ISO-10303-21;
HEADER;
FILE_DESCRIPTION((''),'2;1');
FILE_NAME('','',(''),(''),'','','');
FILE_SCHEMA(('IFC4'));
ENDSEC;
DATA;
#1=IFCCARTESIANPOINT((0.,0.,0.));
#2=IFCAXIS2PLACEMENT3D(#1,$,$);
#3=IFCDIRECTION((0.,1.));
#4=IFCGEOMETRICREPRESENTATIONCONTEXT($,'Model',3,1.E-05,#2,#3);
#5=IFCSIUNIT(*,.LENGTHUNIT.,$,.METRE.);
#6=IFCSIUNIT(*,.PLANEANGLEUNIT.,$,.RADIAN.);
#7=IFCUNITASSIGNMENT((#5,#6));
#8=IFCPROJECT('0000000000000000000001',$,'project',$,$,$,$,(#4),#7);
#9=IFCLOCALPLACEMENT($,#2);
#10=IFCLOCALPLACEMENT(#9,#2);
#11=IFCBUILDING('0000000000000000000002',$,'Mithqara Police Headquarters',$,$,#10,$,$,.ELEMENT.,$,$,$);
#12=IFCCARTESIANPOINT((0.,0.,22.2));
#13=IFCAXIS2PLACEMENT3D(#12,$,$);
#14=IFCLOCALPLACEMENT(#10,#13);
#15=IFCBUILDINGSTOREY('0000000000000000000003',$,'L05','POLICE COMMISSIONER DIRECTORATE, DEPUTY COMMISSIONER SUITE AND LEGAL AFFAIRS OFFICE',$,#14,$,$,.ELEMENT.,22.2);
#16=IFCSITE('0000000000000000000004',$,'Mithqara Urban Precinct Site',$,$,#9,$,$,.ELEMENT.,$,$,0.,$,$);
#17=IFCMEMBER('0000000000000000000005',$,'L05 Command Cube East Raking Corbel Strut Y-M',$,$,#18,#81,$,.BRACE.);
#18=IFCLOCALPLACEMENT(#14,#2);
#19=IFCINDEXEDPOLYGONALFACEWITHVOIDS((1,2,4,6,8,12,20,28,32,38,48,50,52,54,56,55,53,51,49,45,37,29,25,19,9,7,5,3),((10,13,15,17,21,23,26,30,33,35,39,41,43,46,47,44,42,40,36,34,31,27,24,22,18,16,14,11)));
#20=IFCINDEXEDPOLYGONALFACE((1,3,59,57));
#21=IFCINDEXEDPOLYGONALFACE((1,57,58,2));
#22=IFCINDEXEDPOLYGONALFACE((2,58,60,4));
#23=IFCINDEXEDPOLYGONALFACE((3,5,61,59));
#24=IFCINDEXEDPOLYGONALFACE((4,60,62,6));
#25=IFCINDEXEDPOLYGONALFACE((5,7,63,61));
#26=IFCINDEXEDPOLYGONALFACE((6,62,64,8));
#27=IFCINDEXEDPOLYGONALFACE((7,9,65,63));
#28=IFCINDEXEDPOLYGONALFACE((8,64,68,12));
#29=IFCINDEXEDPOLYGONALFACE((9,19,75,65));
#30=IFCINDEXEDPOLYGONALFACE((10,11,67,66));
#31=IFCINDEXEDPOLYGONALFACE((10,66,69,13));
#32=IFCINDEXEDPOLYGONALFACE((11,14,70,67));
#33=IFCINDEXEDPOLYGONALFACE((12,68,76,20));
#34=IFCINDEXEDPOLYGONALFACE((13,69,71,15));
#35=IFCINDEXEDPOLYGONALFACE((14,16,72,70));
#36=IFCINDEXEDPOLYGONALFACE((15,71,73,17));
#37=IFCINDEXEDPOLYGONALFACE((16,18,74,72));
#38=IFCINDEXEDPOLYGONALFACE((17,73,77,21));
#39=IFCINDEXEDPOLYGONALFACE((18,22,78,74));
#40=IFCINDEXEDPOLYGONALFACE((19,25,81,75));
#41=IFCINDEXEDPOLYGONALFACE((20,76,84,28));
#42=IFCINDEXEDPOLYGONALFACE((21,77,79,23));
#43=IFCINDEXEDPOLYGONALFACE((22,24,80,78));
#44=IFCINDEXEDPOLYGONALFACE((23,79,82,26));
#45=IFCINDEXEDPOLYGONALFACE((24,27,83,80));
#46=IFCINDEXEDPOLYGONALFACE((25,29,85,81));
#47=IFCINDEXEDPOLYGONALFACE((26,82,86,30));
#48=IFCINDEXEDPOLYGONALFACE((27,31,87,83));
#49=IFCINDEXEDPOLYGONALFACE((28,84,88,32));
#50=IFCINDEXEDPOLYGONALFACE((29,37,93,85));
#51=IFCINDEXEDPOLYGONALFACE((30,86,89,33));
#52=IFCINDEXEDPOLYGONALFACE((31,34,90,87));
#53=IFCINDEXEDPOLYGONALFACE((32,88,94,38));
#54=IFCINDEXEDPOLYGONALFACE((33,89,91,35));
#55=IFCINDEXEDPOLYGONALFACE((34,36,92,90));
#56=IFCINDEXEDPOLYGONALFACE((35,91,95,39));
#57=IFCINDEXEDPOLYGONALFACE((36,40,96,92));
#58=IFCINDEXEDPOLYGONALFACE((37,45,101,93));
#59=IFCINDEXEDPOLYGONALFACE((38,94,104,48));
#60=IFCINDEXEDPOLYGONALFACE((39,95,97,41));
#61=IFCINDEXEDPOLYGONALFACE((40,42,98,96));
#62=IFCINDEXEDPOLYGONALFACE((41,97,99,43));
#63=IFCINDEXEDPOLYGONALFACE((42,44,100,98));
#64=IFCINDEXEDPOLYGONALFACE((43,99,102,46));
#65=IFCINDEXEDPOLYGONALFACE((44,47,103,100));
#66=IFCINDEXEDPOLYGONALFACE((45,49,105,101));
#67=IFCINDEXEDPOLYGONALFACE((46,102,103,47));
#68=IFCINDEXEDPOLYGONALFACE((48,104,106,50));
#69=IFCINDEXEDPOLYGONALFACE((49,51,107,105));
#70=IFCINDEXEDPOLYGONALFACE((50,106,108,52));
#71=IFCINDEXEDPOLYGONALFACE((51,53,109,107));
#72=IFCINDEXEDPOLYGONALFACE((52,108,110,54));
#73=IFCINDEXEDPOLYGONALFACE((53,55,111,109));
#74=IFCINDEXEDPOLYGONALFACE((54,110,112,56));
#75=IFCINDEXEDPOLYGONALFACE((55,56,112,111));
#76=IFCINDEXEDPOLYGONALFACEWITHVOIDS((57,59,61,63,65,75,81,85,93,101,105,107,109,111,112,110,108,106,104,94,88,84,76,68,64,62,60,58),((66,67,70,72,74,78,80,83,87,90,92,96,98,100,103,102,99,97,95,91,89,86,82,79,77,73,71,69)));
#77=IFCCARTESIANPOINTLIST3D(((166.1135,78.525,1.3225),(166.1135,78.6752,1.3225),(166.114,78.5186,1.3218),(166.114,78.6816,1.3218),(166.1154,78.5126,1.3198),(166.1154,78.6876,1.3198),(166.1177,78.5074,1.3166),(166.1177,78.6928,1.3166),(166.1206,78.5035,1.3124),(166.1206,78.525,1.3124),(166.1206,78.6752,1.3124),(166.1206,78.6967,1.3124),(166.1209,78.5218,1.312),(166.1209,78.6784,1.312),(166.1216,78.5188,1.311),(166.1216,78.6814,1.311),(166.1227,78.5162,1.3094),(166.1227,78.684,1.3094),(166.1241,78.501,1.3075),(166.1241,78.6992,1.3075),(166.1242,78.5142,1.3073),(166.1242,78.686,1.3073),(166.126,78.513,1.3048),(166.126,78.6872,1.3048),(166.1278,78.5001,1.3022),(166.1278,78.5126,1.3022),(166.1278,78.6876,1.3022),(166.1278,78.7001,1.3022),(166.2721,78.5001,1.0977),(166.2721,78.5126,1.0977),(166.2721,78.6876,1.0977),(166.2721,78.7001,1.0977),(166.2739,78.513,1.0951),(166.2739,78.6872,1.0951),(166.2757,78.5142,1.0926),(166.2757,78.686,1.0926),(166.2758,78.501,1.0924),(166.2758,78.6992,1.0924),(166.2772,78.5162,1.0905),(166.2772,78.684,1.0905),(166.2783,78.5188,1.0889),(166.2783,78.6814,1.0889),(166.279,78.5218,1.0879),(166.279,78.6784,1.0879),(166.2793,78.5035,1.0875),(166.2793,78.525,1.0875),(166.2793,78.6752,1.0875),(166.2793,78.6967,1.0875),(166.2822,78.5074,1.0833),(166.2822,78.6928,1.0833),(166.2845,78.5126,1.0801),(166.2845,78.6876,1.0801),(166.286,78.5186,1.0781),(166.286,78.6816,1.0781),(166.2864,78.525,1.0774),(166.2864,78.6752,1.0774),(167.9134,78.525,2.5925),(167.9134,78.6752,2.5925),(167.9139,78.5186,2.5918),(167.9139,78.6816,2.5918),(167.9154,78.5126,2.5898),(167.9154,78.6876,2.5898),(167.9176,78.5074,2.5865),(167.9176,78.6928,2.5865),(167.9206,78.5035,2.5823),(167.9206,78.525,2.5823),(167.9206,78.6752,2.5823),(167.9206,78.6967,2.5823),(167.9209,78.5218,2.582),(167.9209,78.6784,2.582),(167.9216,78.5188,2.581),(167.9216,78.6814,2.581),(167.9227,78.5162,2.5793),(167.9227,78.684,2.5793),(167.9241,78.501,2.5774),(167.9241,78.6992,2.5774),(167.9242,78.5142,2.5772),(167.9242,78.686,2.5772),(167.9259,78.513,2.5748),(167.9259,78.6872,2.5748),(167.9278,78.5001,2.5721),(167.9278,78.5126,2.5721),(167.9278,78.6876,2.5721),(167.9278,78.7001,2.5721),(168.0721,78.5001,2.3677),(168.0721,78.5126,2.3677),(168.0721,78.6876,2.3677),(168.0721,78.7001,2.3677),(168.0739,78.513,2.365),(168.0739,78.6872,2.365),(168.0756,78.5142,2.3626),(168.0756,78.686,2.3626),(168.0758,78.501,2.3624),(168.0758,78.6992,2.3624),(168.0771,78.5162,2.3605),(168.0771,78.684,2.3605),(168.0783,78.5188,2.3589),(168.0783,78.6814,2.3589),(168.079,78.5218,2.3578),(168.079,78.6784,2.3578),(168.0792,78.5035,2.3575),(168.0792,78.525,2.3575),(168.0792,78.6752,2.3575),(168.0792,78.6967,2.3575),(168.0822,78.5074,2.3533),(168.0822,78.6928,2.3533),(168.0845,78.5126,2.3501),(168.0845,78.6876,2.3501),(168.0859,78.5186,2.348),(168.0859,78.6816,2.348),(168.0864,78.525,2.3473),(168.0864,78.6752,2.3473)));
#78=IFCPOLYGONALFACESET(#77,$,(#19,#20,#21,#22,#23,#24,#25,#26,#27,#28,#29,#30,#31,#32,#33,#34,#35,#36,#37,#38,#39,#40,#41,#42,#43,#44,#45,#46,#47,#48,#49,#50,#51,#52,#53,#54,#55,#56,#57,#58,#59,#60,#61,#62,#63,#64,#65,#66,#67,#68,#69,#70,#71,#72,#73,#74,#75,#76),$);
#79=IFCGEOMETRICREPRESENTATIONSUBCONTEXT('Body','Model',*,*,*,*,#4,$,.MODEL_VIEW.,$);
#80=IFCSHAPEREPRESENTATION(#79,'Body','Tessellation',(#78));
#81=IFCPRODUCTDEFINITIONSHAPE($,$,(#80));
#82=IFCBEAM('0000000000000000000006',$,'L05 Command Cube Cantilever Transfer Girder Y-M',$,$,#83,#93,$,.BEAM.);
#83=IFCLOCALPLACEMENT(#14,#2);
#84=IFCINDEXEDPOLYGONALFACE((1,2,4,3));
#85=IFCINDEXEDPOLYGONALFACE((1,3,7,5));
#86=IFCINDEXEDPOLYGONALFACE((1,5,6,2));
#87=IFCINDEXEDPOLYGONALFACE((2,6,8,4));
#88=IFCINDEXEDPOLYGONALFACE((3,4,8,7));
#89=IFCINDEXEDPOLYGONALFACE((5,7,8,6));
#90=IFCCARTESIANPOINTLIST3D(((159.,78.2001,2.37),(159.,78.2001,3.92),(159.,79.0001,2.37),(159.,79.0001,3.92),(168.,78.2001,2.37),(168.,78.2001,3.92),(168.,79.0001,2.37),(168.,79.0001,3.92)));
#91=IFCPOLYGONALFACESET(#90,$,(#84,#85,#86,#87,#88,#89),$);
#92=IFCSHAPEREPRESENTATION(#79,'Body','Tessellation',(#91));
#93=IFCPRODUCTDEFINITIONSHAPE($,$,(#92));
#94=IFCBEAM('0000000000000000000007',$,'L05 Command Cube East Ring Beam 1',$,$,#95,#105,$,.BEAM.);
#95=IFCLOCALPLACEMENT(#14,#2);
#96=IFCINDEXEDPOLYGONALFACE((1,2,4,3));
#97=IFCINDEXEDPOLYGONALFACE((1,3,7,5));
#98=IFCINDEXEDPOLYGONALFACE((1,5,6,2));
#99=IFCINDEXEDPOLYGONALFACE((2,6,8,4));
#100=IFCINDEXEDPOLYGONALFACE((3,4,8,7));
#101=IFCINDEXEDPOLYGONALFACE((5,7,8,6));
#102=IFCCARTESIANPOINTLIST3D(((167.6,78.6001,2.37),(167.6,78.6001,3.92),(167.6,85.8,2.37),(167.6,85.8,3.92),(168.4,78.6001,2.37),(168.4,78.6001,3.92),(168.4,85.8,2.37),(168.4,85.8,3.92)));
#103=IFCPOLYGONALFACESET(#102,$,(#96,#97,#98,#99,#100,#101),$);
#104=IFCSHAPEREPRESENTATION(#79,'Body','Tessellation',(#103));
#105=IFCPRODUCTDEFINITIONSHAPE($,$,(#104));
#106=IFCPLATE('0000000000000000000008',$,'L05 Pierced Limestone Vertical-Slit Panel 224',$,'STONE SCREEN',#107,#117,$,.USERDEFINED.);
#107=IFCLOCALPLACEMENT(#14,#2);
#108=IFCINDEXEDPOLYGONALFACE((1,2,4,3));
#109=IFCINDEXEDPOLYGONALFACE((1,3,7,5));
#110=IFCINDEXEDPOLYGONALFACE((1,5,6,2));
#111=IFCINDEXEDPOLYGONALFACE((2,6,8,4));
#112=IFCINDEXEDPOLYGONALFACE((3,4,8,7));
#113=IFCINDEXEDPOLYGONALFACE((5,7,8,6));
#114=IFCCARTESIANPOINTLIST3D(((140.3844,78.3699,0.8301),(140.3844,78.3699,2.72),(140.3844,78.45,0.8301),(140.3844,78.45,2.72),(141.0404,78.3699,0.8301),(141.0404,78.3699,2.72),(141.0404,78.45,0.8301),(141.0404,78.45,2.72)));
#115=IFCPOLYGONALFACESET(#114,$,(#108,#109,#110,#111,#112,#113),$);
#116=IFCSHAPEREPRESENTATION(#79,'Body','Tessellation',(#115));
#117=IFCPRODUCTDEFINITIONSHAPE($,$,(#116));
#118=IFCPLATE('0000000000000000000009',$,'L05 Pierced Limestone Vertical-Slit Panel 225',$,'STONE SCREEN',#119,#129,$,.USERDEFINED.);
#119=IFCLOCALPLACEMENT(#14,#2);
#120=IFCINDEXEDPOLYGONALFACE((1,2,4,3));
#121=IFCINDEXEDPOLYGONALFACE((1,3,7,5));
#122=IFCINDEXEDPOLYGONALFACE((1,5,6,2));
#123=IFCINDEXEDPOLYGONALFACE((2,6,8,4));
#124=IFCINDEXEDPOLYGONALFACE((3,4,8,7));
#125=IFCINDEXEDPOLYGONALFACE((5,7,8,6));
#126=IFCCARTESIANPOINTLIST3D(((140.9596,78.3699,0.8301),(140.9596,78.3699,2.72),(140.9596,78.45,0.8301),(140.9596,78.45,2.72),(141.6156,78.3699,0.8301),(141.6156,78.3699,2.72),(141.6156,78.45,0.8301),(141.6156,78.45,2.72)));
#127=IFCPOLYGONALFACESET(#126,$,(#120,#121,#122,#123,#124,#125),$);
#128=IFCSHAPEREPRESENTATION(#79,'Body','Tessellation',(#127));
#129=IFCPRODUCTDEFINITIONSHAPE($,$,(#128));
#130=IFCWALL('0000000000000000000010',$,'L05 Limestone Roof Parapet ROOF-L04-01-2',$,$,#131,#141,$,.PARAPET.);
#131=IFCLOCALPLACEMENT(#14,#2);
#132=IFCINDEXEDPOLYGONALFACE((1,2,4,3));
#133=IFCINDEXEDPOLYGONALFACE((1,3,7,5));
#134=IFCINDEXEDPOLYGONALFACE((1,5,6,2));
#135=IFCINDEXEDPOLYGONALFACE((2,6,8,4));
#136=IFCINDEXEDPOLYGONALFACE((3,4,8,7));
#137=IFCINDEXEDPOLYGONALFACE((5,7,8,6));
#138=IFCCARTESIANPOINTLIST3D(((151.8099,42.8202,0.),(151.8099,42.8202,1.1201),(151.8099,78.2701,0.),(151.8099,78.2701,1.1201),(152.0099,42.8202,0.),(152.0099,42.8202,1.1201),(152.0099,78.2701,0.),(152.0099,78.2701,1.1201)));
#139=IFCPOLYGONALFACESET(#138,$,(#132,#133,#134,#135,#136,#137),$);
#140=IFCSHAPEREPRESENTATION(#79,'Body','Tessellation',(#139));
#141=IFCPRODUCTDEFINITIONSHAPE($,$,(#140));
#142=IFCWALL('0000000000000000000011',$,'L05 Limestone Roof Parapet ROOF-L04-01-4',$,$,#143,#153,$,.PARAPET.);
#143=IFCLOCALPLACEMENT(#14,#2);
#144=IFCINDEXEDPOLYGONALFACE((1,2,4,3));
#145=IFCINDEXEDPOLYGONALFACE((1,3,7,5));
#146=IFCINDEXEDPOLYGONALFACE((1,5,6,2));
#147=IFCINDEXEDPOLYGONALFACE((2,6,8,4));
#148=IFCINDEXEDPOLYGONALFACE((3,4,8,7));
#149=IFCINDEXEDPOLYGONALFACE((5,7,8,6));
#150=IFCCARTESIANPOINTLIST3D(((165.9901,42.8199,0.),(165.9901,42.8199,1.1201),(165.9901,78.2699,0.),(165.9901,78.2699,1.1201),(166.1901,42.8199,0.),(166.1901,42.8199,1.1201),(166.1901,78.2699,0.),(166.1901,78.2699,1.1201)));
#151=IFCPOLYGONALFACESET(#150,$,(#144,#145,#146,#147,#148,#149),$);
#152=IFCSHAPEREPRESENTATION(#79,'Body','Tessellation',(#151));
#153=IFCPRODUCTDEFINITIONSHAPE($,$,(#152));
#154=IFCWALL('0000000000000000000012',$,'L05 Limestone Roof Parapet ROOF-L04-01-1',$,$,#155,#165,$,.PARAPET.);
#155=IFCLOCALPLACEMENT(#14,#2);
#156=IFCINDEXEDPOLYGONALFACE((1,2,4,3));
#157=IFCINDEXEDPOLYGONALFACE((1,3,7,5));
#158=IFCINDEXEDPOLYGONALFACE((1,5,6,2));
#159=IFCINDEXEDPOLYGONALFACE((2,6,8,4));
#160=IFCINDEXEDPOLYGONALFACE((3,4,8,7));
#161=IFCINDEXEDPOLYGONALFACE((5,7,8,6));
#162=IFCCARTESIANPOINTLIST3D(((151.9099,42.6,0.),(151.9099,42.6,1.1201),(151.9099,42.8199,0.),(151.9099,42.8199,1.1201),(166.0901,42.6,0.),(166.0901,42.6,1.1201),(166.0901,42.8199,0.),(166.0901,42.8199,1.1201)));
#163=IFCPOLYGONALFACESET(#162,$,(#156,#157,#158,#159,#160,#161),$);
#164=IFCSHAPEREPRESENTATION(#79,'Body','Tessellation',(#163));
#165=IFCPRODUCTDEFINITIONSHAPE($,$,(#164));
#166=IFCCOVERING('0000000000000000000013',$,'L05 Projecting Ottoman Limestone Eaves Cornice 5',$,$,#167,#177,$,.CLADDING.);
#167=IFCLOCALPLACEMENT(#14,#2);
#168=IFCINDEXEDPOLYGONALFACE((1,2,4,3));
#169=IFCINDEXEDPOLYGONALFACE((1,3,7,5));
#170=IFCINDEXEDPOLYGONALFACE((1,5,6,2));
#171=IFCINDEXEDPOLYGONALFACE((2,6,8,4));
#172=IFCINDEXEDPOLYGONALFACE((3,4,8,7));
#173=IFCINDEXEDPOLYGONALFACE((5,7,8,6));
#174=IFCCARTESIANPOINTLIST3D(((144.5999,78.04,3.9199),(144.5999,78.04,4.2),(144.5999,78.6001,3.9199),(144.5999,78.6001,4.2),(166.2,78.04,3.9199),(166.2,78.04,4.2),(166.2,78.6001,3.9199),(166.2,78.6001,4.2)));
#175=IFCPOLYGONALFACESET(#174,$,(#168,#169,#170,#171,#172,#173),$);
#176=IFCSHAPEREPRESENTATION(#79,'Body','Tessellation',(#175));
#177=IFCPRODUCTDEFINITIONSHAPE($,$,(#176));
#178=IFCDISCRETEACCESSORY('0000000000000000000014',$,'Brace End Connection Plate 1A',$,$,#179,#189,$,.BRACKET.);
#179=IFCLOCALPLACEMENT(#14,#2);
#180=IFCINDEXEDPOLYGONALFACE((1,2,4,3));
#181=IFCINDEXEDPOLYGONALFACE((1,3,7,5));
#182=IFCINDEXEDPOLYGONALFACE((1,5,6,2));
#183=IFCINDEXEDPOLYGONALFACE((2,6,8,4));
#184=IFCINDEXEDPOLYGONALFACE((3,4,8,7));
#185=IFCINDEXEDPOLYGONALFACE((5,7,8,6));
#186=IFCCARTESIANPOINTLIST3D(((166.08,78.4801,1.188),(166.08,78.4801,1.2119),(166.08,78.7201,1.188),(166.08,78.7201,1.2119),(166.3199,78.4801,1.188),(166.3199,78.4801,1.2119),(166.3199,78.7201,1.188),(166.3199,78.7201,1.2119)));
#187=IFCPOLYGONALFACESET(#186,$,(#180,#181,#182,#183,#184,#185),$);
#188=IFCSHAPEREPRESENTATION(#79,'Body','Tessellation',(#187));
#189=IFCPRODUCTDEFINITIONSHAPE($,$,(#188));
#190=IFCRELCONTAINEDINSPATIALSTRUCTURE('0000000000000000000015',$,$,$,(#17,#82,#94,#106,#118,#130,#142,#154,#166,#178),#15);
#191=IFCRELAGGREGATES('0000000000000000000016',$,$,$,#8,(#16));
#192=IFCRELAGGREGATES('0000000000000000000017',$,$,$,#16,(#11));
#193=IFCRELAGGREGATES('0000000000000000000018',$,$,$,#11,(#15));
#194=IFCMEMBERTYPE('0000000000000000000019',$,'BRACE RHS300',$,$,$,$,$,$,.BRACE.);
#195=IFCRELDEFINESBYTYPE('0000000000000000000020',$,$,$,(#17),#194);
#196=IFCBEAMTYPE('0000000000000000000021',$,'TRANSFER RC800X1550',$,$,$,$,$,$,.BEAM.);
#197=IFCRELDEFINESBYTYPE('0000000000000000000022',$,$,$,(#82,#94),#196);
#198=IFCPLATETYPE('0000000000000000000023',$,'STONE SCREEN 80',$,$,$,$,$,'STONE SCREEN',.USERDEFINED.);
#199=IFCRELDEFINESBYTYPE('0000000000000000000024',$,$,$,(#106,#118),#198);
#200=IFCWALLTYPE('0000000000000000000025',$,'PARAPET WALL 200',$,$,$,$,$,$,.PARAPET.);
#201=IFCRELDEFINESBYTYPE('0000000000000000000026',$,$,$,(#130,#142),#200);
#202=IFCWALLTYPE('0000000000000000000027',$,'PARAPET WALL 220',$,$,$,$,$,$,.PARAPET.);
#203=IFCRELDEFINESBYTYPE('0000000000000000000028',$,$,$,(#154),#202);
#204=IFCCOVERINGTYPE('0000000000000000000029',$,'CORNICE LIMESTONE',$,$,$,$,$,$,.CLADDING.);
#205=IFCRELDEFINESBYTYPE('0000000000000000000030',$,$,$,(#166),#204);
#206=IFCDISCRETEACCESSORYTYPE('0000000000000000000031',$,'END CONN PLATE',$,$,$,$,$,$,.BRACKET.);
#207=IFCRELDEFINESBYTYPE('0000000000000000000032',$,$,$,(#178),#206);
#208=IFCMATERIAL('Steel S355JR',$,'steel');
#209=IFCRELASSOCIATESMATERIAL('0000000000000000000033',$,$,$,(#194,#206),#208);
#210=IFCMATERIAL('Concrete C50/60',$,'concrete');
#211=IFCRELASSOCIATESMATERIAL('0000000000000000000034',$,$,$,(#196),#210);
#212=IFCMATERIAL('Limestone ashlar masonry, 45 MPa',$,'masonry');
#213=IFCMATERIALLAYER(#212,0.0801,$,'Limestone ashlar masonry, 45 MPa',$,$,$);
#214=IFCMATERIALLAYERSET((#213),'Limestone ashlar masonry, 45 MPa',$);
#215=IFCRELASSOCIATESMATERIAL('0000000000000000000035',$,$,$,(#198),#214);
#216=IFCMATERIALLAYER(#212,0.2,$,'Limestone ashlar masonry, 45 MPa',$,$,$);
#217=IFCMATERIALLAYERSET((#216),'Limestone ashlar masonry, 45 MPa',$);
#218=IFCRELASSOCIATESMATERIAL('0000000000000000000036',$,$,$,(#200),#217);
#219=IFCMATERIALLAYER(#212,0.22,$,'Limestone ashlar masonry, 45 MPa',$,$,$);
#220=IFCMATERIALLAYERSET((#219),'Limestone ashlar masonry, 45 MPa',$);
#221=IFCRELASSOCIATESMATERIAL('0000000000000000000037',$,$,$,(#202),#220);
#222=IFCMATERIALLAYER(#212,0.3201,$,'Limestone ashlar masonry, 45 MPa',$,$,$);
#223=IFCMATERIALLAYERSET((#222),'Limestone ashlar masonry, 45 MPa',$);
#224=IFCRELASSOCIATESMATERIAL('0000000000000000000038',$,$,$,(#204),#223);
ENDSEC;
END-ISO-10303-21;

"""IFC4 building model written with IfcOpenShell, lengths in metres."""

from ifc_helpers import new_model, si_unit, direction, frame, frame_2d, origin, origin_2d, place, context, subcontext, project, spatial, rectangle, hollow_rectangle, extrude, material, layer, layer_set, material_profile, profile_set, type_object, element, save


model = new_model("IFC4")

# Units and contexts
model_context = context("Model", 3, precision=1e-05, world=origin(), true_north=direction((0.0, 1.0)))
body_context = subcontext(model_context, "Body", "Model", "MODEL_VIEW")
ifc_project = project(units=[si_unit("LENGTHUNIT", "METRE"), si_unit("PLANEANGLEUNIT", "RADIAN")], contexts=[model_context])

# Site, building, storey
site_placement = place(None, origin())
site = spatial("IfcSite", under=ifc_project, at=site_placement, Name="Mithqara Urban Precinct Site", CompositionType="ELEMENT", RefElevation=0.0)
building_placement = place(site_placement, origin())
building = spatial("IfcBuilding", under=site, at=building_placement, Name="Mithqara Police Headquarters", CompositionType="ELEMENT")
storey_placement = place(building_placement, frame((0.0, 0.0, 22.2)))
storey = spatial("IfcBuildingStorey", under=building, at=storey_placement, Name="L05", Description="POLICE COMMISSIONER DIRECTORATE, DEPUTY COMMISSIONER SUITE AND LEGAL AFFAIRS OFFICE", CompositionType="ELEMENT", Elevation=22.2)

# Shared definitions
ifc_material_1 = material(Name="Concrete C50/60", Category="concrete")

# Member
ifc_material_2 = material(Name="Steel S355JR", Category="steel")
ifc_material_profile_1 = material_profile(ifc_material_2, hollow_rectangle(XDim=0.2, YDim=0.3, WallThickness=0.0125, InnerFilletRadius=0.0125, OuterFilletRadius=0.0249, at=origin_2d()), Name="RHS 300x200x12.5")
ifc_profile_set_1 = profile_set([ifc_material_profile_1], Name="Steel S355JR")
member_type = type_object("IfcMemberType", Name="BRACE RHS300", PredefinedType="BRACE", material=ifc_profile_set_1)
member_placement = place(storey_placement, frame((166.2, 78.6001, 1.2), z_axis=(0.817097, 0.0, 0.5765), x_axis=(0.0, 1.0, 0.0)))
element("IfcMember", 1, at=member_placement, inside=storey, type_object=member_type, Name="L05 Command Cube East Raking Corbel Strut Y-M", PredefinedType="BRACE", context=body_context, shape_type="SweptSolid", body=[
    extrude(hollow_rectangle(XDim=0.2, YDim=0.3, WallThickness=0.0125, InnerFilletRadius=0.0125, OuterFilletRadius=0.0249, at=origin_2d()), origin(), (0.0, 0.0, 1.0), 2.2029),
])

# Beams
ifc_material_profile_2 = material_profile(ifc_material_1, rectangle(XDim=0.8, YDim=1.55, at=origin_2d()), Name="RC 800x1550")
ifc_profile_set_2 = profile_set([ifc_material_profile_2], Name="Concrete C50/60")
beam_type_1 = type_object("IfcBeamType", Name="TRANSFER RC800X1550", PredefinedType="BEAM", material=ifc_profile_set_2)
beam_1_placement = place(storey_placement, frame((159.0, 78.6001, 3.145), z_axis=(1.0, 0.0, 0.0), x_axis=(0.0, 1.0, 0.0)))
element("IfcBeam", 2, at=beam_1_placement, inside=storey, type_object=beam_type_1, Name="L05 Command Cube Cantilever Transfer Girder Y-M", PredefinedType="BEAM", context=body_context, shape_type="SweptSolid", body=[
    extrude(rectangle(XDim=0.8, YDim=1.55, at=origin_2d()), origin(), (0.0, 0.0, 1.0), 9.0),
])
beam_2_placement = place(storey_placement, frame((168.0, 78.6001, 3.145), z_axis=(0.0, 1.0, 0.0), x_axis=(-1.0, 0.0, 0.0)))
element("IfcBeam", 3, at=beam_2_placement, inside=storey, type_object=beam_type_1, Name="L05 Command Cube East Ring Beam 1", PredefinedType="BEAM", context=body_context, shape_type="SweptSolid", body=[
    extrude(rectangle(XDim=0.8, YDim=1.55, at=origin_2d()), origin(), (0.0, 0.0, 1.0), 7.2),
])

# Plates
ifc_material_3 = material(Name="Limestone ashlar masonry, 45 MPa", Category="masonry")
ifc_layer_1 = layer(ifc_material_3, 0.0801, Name="Limestone ashlar masonry, 45 MPa")
ifc_layer_set_1 = layer_set([ifc_layer_1], Name="Limestone ashlar masonry, 45 MPa")
plate_type = type_object("IfcPlateType", Name="STONE SCREEN 80", ElementType="STONE SCREEN", PredefinedType="USERDEFINED", material=ifc_layer_set_1)
for number, where, z_axis, x_axis, name in (
    (4, (140.7124, 78.4099, 0.8301), (0.0, 0.0, 1.0), (1.0, 0.0, 0.0), "L05 Pierced Limestone Vertical-Slit Panel 224"),
    (5, (141.2876, 78.4099, 0.8301), (0.0, 0.0, 1.0), (1.0, 0.0, 0.0), "L05 Pierced Limestone Vertical-Slit Panel 225"),
):
    element("IfcPlate", number, at=place(storey_placement, frame(where, z_axis=z_axis, x_axis=x_axis)), inside=storey, type_object=plate_type, Name=name, ObjectType="STONE SCREEN", PredefinedType="USERDEFINED", context=body_context, shape_type="SweptSolid", body=[
        extrude(rectangle(XDim=0.656, YDim=0.0801, at=origin_2d()), origin(), (0.0, 0.0, 1.0), 1.8899),
    ])

# Walls
ifc_layer_2 = layer(ifc_material_3, 0.2, Name="Limestone ashlar masonry, 45 MPa")
ifc_layer_set_2 = layer_set([ifc_layer_2], Name="Limestone ashlar masonry, 45 MPa")
wall_type_1 = type_object("IfcWallType", Name="PARAPET WALL 200", PredefinedType="PARAPET", material=ifc_layer_set_2)
for number, where, z_axis, x_axis, name in (
    (6, (151.9099, 42.8201, 0.0), (0.0, 0.0, 1.0), (0.0, 1.0, 0.0), "L05 Limestone Roof Parapet ROOF-L04-01-2"),
    (7, (166.0901, 78.27, 0.0), (0.0, 0.0, 1.0), (0.0, -1.0, 0.0), "L05 Limestone Roof Parapet ROOF-L04-01-4"),
):
    element("IfcWall", number, at=place(storey_placement, frame(where, z_axis=z_axis, x_axis=x_axis)), inside=storey, type_object=wall_type_1, Name=name, PredefinedType="PARAPET", context=body_context, shape_type="SweptSolid", body=[
        extrude(rectangle(XDim=35.45, YDim=0.2, at=frame_2d((17.7251, 0.0))), origin(), (0.0, 0.0, 1.0), 1.1201),
    ])
ifc_layer_3 = layer(ifc_material_3, 0.22, Name="Limestone ashlar masonry, 45 MPa")
ifc_layer_set_3 = layer_set([ifc_layer_3], Name="Limestone ashlar masonry, 45 MPa")
wall_type_2 = type_object("IfcWallType", Name="PARAPET WALL 220", PredefinedType="PARAPET", material=ifc_layer_set_3)
wall_placement = place(storey_placement, frame((166.0901, 42.71, 0.0), z_axis=(0.0, 0.0, 1.0), x_axis=(-1.0, 0.0, 0.0)))
element("IfcWall", 8, at=wall_placement, inside=storey, type_object=wall_type_2, Name="L05 Limestone Roof Parapet ROOF-L04-01-1", PredefinedType="PARAPET", context=body_context, shape_type="SweptSolid", body=[
    extrude(rectangle(XDim=14.1802, YDim=0.22, at=frame_2d((7.0901, 0.0))), origin(), (0.0, 0.0, 1.0), 1.1201),
])

# Covering
ifc_layer_4 = layer(ifc_material_3, 0.3201, Name="Limestone ashlar masonry, 45 MPa")
ifc_layer_set_4 = layer_set([ifc_layer_4], Name="Limestone ashlar masonry, 45 MPa")
covering_type = type_object("IfcCoveringType", Name="CORNICE LIMESTONE", PredefinedType="CLADDING", material=ifc_layer_set_4)
covering_placement = place(storey_placement, frame((155.3999, 78.3201, 3.9199), z_axis=(0.0, 0.0, 1.0), x_axis=(1.0, 0.0, 0.0)))
element("IfcCovering", 9, at=covering_placement, inside=storey, type_object=covering_type, Name="L05 Projecting Ottoman Limestone Eaves Cornice 5", PredefinedType="CLADDING", context=body_context, shape_type="SweptSolid", body=[
    extrude(rectangle(XDim=21.6001, YDim=0.5601, at=origin_2d()), origin(), (0.0, 0.0, 1.0), 0.28),
])

# Discrete accessory
discrete_accessory_type_1 = type_object("IfcDiscreteAccessoryType", Name="END CONN PLATE", PredefinedType="BRACKET", material=ifc_material_2)
discrete_accessory_1_placement = place(storey_placement, frame((166.2, 78.6001, 1.188), z_axis=(0.0, 0.0, 1.0), x_axis=(1.0, 0.0, 0.0)))
element("IfcDiscreteAccessory", 10, at=discrete_accessory_1_placement, inside=storey, type_object=discrete_accessory_type_1, Name="Brace End Connection Plate 1A", PredefinedType="BRACKET", context=body_context, shape_type="SweptSolid", body=[
    extrude(rectangle(XDim=0.24, YDim=0.24, at=origin_2d()), origin(), (0.0, 0.0, 1.0), 0.0239),
])

save(model, "model.ifc")
